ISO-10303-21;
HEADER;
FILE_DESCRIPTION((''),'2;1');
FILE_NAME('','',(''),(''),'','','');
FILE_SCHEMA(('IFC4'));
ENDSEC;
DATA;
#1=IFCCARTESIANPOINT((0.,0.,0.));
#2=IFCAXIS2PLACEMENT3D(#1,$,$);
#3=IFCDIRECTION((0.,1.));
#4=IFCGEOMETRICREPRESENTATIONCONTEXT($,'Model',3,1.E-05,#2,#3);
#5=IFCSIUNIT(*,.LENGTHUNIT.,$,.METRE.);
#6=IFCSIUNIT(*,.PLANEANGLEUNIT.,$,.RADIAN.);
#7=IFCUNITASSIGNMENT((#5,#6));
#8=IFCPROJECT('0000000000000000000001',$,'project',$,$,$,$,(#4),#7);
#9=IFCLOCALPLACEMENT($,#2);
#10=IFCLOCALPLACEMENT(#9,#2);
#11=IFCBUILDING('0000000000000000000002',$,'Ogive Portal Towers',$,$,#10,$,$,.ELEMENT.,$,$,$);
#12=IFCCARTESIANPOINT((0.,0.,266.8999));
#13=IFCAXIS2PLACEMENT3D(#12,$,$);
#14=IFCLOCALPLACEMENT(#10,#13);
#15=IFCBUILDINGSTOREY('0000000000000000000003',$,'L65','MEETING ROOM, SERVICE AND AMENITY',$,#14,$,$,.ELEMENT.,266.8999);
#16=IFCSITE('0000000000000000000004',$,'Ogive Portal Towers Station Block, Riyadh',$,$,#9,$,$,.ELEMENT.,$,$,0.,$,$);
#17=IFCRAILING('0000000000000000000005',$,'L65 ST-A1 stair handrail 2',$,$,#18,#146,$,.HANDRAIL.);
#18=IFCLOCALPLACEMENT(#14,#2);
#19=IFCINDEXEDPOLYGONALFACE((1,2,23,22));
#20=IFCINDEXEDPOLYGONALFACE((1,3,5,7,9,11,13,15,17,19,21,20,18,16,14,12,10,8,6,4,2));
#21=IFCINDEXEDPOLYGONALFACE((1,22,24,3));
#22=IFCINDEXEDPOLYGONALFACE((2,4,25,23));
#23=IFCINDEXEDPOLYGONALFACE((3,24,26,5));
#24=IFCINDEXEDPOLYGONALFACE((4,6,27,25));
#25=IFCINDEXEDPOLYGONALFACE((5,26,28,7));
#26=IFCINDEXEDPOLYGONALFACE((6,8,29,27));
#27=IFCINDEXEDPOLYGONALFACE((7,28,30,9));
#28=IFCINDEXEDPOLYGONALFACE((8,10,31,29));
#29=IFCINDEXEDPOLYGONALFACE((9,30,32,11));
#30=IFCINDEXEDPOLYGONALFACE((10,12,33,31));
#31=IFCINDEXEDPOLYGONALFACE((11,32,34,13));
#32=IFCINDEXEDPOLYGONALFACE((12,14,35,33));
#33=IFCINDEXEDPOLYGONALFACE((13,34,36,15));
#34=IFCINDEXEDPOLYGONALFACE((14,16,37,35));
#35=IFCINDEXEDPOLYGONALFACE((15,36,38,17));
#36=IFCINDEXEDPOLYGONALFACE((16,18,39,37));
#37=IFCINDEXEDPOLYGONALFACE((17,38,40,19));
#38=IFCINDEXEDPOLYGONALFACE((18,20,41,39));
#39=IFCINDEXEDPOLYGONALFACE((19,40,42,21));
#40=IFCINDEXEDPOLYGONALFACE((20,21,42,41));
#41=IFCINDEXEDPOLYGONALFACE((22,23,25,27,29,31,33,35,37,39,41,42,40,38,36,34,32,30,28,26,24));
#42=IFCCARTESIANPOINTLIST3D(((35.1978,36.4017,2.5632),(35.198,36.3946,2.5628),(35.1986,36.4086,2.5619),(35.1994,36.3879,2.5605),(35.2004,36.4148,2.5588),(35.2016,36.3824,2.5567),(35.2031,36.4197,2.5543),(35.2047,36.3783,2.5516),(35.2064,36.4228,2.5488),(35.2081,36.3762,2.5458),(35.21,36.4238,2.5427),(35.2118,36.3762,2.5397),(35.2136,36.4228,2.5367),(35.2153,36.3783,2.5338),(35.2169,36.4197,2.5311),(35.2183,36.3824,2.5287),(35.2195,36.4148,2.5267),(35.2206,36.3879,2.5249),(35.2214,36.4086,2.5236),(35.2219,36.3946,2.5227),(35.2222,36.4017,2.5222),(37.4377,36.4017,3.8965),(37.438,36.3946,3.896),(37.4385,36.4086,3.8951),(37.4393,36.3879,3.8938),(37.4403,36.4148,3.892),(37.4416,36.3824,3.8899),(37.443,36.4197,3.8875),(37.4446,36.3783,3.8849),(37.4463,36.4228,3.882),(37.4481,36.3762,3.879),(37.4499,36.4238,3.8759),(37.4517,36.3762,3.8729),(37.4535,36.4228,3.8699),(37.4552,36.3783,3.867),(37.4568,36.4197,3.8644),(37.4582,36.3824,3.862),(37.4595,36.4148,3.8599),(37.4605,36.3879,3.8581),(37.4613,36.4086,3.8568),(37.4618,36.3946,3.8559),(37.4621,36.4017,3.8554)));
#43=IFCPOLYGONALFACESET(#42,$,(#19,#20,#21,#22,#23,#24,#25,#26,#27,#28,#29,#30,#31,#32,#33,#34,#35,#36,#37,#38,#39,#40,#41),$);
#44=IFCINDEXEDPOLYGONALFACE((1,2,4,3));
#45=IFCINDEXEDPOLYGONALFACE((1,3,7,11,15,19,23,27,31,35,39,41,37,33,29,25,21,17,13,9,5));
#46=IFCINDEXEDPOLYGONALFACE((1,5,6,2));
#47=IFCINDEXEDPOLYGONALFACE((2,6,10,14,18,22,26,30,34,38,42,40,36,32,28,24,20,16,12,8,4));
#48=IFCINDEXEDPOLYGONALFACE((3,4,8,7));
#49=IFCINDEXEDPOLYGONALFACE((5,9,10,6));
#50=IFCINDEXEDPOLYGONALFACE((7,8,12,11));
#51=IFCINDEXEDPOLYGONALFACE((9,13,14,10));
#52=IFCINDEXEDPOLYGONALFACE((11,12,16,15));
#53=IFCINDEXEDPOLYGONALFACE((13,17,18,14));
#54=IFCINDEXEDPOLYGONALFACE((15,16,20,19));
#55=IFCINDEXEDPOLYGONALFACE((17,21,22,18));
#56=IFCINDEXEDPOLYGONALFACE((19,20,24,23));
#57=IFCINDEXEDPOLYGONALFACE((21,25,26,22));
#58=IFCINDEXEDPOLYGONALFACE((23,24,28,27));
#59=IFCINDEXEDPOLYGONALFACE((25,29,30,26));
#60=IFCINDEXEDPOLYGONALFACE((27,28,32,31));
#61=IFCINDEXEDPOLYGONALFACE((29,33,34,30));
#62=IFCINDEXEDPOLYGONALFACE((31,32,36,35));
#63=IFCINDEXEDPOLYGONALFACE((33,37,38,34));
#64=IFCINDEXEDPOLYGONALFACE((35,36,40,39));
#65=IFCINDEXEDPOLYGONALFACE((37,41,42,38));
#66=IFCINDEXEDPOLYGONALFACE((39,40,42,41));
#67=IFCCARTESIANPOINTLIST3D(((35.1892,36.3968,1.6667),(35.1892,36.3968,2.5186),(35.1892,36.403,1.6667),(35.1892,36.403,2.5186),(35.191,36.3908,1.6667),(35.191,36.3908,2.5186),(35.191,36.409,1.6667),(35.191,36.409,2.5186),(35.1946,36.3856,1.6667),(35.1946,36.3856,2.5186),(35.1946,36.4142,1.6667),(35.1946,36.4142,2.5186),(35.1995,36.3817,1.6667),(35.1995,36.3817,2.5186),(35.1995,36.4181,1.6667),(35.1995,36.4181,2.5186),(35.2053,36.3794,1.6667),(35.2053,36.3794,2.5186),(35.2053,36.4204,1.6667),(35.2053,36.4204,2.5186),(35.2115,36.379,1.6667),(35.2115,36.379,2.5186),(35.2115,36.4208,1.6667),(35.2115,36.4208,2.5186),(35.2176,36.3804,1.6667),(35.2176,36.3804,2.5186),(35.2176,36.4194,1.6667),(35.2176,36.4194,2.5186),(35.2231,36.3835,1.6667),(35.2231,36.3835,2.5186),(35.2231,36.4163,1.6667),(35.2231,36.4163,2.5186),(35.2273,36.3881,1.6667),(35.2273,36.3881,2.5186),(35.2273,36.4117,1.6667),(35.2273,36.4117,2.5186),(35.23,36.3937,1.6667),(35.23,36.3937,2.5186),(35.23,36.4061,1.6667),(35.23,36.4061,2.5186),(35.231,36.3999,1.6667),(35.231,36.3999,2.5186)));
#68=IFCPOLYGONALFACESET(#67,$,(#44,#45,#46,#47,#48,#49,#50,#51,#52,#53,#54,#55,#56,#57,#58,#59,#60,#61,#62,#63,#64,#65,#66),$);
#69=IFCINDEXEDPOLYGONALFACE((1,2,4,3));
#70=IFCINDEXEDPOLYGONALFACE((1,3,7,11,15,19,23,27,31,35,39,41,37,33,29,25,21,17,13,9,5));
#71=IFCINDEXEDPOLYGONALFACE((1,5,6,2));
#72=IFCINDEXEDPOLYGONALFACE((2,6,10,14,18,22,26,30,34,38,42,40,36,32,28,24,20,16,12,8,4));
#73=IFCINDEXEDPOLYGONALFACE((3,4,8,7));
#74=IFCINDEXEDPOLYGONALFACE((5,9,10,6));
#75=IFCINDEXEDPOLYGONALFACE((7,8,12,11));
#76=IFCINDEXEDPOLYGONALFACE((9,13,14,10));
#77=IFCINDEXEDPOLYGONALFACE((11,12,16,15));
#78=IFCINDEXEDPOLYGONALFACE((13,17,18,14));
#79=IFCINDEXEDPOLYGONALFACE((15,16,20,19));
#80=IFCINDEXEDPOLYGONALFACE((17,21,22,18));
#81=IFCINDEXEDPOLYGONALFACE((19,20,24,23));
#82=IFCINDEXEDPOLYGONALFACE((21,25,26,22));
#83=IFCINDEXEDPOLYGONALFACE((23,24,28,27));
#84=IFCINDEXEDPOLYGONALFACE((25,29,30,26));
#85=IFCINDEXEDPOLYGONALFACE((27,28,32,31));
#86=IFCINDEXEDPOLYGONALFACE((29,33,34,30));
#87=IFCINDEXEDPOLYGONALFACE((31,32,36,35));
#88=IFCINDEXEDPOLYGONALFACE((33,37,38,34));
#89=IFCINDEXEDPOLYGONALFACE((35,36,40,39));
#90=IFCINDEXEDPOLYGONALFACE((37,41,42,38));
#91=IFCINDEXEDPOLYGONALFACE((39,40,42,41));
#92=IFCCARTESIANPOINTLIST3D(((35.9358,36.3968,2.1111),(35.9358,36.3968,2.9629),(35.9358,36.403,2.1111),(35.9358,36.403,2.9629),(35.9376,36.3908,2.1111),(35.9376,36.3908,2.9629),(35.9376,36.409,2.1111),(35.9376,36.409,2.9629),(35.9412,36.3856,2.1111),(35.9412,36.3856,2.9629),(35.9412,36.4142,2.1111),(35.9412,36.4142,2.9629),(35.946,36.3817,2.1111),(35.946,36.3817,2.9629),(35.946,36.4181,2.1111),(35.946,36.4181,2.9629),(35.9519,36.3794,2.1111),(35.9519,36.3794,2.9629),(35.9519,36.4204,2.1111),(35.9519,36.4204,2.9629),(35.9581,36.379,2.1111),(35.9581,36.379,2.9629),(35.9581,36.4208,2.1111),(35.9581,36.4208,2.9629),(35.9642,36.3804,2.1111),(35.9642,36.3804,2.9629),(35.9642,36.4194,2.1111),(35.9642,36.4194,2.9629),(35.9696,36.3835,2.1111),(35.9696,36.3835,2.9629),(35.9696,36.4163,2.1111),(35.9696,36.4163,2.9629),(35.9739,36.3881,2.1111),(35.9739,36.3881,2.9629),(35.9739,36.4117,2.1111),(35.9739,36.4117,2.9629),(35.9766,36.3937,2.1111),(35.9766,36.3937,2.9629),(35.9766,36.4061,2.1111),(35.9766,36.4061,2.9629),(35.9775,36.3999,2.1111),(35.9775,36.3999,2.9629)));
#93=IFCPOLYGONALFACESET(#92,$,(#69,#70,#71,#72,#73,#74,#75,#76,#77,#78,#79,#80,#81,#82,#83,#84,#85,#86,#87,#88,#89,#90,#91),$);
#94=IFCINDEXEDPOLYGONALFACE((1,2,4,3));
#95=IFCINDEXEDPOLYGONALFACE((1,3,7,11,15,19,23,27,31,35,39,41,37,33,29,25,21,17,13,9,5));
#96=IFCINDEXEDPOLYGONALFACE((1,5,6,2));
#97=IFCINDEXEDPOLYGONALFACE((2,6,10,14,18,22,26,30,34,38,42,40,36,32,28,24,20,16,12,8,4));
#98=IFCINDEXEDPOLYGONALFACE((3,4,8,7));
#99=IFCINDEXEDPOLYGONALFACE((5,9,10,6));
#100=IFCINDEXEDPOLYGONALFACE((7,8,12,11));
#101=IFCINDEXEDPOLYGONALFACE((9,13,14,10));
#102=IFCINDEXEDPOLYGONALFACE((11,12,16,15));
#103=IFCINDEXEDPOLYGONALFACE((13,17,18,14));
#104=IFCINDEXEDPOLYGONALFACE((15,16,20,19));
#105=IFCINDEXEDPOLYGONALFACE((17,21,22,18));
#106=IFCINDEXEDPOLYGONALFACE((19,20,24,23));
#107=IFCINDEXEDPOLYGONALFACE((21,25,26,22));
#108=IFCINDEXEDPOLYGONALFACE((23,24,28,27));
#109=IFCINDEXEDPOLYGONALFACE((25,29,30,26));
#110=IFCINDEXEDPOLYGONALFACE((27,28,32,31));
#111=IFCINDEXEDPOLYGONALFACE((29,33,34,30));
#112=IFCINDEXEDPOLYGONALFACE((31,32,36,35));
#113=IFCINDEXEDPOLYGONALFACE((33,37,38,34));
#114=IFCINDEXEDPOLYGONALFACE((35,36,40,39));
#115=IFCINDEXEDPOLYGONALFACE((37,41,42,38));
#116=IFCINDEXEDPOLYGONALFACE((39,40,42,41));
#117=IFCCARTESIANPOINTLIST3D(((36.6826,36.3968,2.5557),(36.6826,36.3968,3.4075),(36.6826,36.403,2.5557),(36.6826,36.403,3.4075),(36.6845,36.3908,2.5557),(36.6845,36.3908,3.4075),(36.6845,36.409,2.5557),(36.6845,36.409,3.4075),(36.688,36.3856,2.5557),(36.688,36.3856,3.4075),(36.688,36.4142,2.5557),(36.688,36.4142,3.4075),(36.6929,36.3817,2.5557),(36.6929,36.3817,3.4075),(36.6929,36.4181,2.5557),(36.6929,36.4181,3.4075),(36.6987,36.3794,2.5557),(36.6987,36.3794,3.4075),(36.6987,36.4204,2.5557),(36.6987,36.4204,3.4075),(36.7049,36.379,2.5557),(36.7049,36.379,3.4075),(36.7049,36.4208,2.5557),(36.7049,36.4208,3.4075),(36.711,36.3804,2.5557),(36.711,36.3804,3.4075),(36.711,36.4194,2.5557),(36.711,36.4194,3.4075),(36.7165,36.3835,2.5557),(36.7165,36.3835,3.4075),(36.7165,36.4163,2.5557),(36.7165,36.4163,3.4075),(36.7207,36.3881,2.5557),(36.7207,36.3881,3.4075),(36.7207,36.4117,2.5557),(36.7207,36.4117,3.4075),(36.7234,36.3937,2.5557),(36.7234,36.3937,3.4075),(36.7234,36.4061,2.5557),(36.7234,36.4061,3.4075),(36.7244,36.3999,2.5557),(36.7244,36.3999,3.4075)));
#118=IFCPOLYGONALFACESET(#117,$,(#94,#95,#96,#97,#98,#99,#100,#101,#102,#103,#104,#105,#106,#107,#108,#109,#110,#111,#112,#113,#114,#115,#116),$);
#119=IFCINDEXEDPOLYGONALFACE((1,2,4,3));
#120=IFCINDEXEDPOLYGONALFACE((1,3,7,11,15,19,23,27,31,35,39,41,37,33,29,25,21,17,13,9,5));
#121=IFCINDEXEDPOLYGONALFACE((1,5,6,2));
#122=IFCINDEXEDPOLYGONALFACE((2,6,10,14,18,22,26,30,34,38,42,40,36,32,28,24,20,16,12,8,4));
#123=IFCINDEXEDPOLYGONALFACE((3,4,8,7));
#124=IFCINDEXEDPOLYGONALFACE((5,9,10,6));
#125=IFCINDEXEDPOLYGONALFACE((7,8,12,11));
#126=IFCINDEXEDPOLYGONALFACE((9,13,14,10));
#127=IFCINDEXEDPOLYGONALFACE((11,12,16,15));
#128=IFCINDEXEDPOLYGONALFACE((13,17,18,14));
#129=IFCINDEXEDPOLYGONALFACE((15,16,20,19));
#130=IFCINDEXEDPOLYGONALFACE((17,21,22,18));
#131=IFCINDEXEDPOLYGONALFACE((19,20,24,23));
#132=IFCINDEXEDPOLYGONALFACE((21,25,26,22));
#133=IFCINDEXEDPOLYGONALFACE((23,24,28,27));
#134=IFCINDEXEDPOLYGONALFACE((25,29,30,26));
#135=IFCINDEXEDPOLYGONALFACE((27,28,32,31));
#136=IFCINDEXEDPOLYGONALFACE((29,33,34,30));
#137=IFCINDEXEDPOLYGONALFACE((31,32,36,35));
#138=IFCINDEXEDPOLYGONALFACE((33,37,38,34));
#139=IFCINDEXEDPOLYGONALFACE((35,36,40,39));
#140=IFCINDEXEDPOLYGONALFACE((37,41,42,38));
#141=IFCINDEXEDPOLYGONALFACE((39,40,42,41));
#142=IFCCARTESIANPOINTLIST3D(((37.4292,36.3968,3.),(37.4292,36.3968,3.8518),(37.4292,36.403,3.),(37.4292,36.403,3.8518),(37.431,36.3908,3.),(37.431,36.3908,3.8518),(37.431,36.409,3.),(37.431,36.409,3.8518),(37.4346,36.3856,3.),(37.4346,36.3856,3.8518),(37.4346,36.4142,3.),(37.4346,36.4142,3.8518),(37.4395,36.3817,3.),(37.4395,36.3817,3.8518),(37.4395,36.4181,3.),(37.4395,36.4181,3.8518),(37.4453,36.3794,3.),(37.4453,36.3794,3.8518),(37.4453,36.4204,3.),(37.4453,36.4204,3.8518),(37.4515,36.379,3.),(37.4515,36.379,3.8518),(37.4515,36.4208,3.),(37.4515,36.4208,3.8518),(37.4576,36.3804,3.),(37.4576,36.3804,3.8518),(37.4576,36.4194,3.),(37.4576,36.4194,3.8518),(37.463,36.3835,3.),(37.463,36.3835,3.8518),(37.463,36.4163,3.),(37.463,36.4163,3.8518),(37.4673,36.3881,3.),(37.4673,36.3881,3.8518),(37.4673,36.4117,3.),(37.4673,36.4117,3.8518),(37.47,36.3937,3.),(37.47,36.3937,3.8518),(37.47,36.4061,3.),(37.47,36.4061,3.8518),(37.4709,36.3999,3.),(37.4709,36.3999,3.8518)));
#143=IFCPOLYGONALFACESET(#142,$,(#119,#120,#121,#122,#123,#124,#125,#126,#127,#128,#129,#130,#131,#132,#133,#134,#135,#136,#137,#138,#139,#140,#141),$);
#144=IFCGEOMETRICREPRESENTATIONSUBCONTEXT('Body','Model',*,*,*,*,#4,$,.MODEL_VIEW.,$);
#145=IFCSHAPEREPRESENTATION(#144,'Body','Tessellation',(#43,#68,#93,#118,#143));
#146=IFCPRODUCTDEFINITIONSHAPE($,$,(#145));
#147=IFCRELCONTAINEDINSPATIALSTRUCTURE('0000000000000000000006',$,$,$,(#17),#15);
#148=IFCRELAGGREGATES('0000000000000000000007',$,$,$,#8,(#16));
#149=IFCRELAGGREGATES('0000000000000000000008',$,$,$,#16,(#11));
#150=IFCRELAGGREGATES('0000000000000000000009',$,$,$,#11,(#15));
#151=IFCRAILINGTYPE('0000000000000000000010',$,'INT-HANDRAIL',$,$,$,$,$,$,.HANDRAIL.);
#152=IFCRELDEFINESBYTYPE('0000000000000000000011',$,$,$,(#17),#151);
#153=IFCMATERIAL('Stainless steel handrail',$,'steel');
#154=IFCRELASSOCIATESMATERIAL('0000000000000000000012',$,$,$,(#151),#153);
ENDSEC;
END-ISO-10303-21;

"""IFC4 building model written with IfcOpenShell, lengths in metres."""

from ifc_helpers import new_model, si_unit, direction, frame, origin, origin_2d, place, context, subcontext, project, spatial, circle, extrude, material, type_object, element, save


model = new_model("IFC4")

# Units and contexts
model_context = context("Model", 3, precision=1e-05, world=origin(), true_north=direction((0.0, 1.0)))
body_context = subcontext(model_context, "Body", "Model", "MODEL_VIEW")
ifc_project = project(units=[si_unit("LENGTHUNIT", "METRE"), si_unit("PLANEANGLEUNIT", "RADIAN")], contexts=[model_context])

# Site, building, storey
site_placement = place(None, origin())
site = spatial("IfcSite", under=ifc_project, at=site_placement, Name="Ogive Portal Towers Station Block, Riyadh", CompositionType="ELEMENT", RefElevation=0.0)
building_placement = place(site_placement, origin())
building = spatial("IfcBuilding", under=site, at=building_placement, Name="Ogive Portal Towers", CompositionType="ELEMENT")
storey_placement = place(building_placement, frame((0.0, 0.0, 266.8999)))
storey = spatial("IfcBuildingStorey", under=building, at=storey_placement, Name="L65", Description="MEETING ROOM, SERVICE AND AMENITY", CompositionType="ELEMENT", Elevation=266.8999)

# Railing
ifc_material_1 = material(Name="Stainless steel handrail", Category="steel")
railing_type = type_object("IfcRailingType", Name="INT-HANDRAIL", PredefinedType="HANDRAIL", material=ifc_material_1)
for number, where, name in (
    (1, (35.21, 36.3999, 1.6667), "L65 ST-A1 stair handrail 2"),
):
    element("IfcRailing", number, at=place(storey_placement, frame(where)), inside=storey, type_object=railing_type, Name=name, PredefinedType="HANDRAIL", context=body_context, shape_type="SweptSolid", body=[
        extrude(circle(Radius=0.0239, at=origin_2d()), frame((0.0, 0.0, 0.876), z_axis=(0.859306, 0.0, 0.511462), x_axis=(0.0, 1.0, 0.0)), (0.0, 0.0, 1.0), 2.6067),
        extrude(circle(Radius=0.021, at=origin_2d()), origin(), (0.0, 0.0, 1.0), 0.8518),
        extrude(circle(Radius=0.021, at=origin_2d()), frame((0.7466, 0.0, 0.4443)), (0.0, 0.0, 1.0), 0.8518),
        extrude(circle(Radius=0.021, at=origin_2d()), frame((1.4934, 0.0, 0.8889)), (0.0, 0.0, 1.0), 0.8518),
        extrude(circle(Radius=0.021, at=origin_2d()), frame((2.24, 0.0, 1.3333)), (0.0, 0.0, 1.0), 0.8518),
    ])

save(model, "model.ifc")
